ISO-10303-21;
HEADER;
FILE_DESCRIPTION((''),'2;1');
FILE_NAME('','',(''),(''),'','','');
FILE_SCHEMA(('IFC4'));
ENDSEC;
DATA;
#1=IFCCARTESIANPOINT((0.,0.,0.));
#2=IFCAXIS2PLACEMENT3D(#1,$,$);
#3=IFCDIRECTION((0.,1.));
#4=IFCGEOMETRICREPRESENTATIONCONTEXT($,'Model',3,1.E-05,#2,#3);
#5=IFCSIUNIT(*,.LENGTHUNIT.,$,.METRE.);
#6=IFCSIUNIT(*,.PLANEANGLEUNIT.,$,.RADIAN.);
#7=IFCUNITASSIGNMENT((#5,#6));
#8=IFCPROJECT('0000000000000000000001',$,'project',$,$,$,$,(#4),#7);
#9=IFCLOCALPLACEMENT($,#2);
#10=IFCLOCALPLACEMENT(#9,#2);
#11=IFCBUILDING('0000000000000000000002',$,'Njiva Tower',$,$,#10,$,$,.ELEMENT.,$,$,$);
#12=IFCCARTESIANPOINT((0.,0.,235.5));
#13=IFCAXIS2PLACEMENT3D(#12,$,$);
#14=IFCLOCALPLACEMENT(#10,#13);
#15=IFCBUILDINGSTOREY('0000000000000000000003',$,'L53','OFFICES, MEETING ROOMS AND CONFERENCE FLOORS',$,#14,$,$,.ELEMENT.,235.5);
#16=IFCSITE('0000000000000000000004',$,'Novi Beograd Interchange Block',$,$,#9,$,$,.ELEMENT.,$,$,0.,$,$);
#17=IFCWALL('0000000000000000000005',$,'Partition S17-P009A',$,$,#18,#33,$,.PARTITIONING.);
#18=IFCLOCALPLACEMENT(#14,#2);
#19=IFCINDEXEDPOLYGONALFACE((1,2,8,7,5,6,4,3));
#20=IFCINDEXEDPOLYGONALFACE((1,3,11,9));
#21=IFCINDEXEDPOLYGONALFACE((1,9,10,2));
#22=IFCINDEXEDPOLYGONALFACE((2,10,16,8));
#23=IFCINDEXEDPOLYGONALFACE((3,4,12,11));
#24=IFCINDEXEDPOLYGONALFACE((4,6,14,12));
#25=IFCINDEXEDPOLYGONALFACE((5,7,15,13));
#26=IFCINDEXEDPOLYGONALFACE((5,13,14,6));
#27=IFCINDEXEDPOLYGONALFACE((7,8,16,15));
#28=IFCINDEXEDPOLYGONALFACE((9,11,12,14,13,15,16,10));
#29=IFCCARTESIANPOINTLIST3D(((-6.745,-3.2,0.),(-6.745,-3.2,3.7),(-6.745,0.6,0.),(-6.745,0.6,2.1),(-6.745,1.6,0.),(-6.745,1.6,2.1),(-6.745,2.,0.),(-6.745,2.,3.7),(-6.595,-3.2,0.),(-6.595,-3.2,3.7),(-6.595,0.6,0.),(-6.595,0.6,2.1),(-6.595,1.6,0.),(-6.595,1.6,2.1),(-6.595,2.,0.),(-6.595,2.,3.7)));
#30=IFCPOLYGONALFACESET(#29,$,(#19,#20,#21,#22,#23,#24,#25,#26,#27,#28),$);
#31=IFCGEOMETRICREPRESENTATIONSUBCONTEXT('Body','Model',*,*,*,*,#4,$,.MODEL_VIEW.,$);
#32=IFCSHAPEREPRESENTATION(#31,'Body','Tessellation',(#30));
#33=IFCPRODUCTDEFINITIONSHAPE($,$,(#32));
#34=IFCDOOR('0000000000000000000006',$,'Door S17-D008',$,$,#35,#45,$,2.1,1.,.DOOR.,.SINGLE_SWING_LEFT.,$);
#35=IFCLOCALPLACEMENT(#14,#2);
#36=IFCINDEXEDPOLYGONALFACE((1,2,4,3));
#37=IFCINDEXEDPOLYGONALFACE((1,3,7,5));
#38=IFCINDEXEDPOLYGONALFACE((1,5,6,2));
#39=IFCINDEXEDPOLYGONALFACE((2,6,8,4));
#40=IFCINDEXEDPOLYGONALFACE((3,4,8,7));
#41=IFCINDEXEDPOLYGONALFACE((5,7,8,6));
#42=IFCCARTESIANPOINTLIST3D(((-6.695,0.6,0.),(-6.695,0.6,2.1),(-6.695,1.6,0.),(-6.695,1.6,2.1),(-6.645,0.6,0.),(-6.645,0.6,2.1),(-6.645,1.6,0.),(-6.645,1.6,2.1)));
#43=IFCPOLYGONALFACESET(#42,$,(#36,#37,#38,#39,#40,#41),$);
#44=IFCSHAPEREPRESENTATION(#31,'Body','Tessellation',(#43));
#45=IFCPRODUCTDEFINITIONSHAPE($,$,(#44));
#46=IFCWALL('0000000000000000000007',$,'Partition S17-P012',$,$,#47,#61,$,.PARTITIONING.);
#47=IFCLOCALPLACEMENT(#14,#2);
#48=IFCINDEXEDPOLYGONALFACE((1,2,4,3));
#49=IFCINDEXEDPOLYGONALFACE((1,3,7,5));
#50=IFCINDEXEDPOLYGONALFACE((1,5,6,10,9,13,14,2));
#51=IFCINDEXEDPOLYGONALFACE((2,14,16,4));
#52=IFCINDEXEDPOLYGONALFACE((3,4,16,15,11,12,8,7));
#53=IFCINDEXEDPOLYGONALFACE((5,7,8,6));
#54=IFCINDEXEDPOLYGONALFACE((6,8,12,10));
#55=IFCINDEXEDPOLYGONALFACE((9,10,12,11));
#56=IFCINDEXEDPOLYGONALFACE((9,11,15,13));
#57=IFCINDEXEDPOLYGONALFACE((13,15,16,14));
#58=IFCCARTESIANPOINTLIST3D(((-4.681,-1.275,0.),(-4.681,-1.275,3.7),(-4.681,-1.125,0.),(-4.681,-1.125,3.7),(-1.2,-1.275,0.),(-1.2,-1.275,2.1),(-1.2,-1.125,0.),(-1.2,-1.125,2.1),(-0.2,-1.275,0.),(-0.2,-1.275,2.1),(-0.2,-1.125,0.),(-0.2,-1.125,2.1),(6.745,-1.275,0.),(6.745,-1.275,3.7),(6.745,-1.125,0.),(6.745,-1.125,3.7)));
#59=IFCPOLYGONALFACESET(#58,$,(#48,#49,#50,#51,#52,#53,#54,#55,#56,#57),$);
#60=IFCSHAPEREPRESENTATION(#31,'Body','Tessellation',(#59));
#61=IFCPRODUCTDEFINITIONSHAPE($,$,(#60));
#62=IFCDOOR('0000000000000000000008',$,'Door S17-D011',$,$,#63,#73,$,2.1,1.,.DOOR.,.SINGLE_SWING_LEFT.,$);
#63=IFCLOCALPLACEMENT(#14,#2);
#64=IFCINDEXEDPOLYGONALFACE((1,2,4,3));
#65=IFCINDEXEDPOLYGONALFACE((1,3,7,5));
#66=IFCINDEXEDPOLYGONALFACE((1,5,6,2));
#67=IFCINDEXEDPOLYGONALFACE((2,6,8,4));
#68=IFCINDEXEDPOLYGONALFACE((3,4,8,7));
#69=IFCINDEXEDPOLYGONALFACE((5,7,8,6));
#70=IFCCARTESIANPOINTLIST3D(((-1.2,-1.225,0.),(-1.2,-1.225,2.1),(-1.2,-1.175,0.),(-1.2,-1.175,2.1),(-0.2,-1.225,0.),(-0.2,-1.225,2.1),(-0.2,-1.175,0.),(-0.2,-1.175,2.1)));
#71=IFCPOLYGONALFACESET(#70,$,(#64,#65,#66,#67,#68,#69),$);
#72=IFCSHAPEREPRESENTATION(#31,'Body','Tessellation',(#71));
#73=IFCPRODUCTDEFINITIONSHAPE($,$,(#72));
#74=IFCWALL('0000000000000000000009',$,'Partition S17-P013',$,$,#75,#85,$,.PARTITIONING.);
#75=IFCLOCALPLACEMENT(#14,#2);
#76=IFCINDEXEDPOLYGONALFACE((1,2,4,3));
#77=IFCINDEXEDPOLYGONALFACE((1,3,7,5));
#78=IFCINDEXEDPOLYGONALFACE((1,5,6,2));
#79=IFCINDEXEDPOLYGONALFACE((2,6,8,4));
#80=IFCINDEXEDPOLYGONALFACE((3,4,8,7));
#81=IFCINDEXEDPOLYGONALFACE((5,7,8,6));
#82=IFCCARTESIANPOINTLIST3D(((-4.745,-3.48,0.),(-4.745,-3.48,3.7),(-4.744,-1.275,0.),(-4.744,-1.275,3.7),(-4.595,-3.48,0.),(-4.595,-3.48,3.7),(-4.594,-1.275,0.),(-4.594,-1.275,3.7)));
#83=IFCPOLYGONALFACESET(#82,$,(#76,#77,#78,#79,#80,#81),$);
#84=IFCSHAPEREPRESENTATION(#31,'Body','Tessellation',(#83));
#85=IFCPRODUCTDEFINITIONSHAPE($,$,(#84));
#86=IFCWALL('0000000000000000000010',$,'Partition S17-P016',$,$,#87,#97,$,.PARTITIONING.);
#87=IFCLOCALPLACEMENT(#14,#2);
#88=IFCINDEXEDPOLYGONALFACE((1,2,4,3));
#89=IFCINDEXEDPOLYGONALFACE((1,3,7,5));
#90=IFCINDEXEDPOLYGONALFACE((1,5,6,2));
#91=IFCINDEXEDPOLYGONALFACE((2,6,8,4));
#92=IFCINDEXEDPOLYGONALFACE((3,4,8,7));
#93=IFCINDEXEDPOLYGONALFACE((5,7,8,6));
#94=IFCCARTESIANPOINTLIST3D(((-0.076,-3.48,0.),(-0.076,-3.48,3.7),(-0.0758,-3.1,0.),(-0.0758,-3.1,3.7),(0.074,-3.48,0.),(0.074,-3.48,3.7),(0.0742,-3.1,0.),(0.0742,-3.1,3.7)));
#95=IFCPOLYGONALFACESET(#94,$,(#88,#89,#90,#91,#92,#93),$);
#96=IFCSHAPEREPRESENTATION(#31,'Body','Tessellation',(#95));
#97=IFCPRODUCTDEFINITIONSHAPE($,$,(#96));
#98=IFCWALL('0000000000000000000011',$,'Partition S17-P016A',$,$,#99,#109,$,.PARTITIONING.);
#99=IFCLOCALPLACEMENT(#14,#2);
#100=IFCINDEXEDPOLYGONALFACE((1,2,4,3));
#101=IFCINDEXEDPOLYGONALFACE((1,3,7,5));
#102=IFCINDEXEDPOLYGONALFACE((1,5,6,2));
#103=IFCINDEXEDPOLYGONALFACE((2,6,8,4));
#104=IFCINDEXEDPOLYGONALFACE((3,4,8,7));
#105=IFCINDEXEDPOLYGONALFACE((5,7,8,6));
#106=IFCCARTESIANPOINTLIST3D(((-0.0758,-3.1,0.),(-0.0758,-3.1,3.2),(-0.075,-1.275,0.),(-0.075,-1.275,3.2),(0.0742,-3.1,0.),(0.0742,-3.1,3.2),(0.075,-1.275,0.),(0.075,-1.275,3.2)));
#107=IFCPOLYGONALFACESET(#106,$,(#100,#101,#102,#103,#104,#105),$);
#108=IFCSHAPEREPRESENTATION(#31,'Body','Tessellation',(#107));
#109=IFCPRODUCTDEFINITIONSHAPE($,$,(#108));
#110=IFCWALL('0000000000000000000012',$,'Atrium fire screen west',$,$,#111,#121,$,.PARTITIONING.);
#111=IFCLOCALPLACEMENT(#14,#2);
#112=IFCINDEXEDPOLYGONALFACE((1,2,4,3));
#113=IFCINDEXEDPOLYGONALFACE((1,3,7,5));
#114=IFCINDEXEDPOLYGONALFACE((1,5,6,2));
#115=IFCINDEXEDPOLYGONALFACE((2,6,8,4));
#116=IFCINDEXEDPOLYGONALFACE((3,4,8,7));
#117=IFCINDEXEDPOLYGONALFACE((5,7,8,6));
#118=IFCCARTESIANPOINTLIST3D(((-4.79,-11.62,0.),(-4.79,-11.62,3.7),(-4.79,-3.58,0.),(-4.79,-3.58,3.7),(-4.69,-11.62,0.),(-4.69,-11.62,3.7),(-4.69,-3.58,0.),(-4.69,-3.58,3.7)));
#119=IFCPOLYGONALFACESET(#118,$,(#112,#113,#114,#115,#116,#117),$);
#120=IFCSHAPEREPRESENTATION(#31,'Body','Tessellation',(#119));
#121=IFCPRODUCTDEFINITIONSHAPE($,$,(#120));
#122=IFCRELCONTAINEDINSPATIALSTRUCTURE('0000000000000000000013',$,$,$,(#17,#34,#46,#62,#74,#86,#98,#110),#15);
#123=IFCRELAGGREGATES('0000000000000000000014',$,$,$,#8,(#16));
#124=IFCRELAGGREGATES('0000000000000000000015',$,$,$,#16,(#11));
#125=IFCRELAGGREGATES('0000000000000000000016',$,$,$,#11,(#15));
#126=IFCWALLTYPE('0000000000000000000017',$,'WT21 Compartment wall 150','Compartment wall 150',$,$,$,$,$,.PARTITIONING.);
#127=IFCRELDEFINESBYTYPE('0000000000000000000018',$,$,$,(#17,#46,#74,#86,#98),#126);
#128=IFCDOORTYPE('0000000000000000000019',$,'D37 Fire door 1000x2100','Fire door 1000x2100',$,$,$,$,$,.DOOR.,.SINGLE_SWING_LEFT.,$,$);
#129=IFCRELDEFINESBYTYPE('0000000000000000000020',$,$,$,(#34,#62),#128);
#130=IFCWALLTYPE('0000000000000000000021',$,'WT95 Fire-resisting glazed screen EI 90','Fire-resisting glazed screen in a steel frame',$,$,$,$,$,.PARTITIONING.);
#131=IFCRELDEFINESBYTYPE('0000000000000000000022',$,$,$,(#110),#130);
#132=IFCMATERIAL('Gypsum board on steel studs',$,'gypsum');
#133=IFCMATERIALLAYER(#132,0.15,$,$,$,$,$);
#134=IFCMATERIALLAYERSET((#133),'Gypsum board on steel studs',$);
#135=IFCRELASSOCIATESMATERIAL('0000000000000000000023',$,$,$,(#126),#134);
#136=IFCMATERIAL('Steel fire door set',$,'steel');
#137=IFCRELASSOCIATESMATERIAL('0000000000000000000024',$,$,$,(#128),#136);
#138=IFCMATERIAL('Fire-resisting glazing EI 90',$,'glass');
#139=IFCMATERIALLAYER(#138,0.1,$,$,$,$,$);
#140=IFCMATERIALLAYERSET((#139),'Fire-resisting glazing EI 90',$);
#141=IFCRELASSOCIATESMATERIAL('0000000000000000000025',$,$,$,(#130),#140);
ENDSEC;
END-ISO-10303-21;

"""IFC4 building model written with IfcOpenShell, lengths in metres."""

from ifc_helpers import new_model, si_unit, direction, frame, frame_2d, origin, place, context, subcontext, project, spatial, rectangle, extrude, material, layer, layer_set, type_object, element, fill, save


model = new_model("IFC4")

# Units and contexts
model_context = context("Model", 3, precision=1e-05, world=origin(), true_north=direction((0.0, 1.0)))
body_context = subcontext(model_context, "Body", "Model", "MODEL_VIEW")
ifc_project = project(units=[si_unit("LENGTHUNIT", "METRE"), si_unit("PLANEANGLEUNIT", "RADIAN")], contexts=[model_context])

# Site, building, storey
site_placement = place(None, origin())
site = spatial("IfcSite", under=ifc_project, at=site_placement, Name="Novi Beograd Interchange Block", CompositionType="ELEMENT", RefElevation=0.0)
building_placement = place(site_placement, origin())
building = spatial("IfcBuilding", under=site, at=building_placement, Name="Njiva Tower", CompositionType="ELEMENT")
storey_placement = place(building_placement, frame((0.0, 0.0, 235.5)))
storey = spatial("IfcBuildingStorey", under=building, at=storey_placement, Name="L53", Description="OFFICES, MEETING ROOMS AND CONFERENCE FLOORS", CompositionType="ELEMENT", Elevation=235.5)

# Walls, openings, doors
ifc_material_1 = material(Name="Gypsum board on steel studs", Category="gypsum")
ifc_layer_1 = layer(ifc_material_1, 0.15)
ifc_layer_set_1 = layer_set([ifc_layer_1], Name="Gypsum board on steel studs")
wall_type_1 = type_object("IfcWallType", Name="WT21 Compartment wall 150", Description="Compartment wall 150", PredefinedType="PARTITIONING", material=ifc_layer_set_1)
ifc_material_2 = material(Name="Steel fire door set", Category="steel")
door_type = type_object("IfcDoorType", Name="D37 Fire door 1000x2100", Description="Fire door 1000x2100", OperationType="SINGLE_SWING_LEFT", PredefinedType="DOOR", material=ifc_material_2)
wall_1_placement = place(storey_placement, frame((-6.67, -3.2, 0.0), z_axis=(0.0, 0.0, 1.0), x_axis=(0.0, 1.0, 0.0)))
wall_1 = element("IfcWall", 1, at=wall_1_placement, inside=storey, type_object=wall_type_1, Name="Partition S17-P009A", PredefinedType="PARTITIONING", context=body_context, shape_type="SweptSolid", body=[
    extrude(rectangle(XDim=5.2, YDim=0.15, at=frame_2d((2.6, 0.0))), origin(), (0.0, 0.0, 1.0), 3.7),
])
opening_1_placement = place(wall_1_placement, frame((3.8, 0.0, 0.0)))
opening_1 = element("IfcOpeningElement", 2, at=opening_1_placement, cuts=wall_1, PredefinedType="OPENING", context=body_context, shape_type="SweptSolid", body=[
    extrude(rectangle(XDim=1.0, YDim=2.1, at=frame_2d((0.5, 1.05))), frame((0.0, 0.085, 0.0), z_axis=(0.0, -1.0, 0.0), x_axis=(1.0, 0.0, 0.0)), (0.0, 0.0, 1.0), 0.17),
])
door_1_placement = place(opening_1_placement, origin())
door_1 = element("IfcDoor", 3, at=door_1_placement, inside=storey, type_object=door_type, Name="Door S17-D008", OperationType="SINGLE_SWING_LEFT", OverallHeight=2.1, OverallWidth=1.0, PredefinedType="DOOR", context=body_context, shape_type="SweptSolid", body=[
    extrude(rectangle(XDim=1.0, YDim=2.1, at=frame_2d((0.5, 1.05))), frame((0.0, 0.025, 0.0), z_axis=(0.0, -1.0, 0.0), x_axis=(1.0, 0.0, 0.0)), (0.0, 0.0, 1.0), 0.05),
])
fill(opening_1, door_1)
wall_2_placement = place(storey_placement, frame((-4.681, -1.2, 0.0), z_axis=(0.0, 0.0, 1.0), x_axis=(1.0, 0.0, 0.0)))
wall_2 = element("IfcWall", 4, at=wall_2_placement, inside=storey, type_object=wall_type_1, Name="Partition S17-P012", PredefinedType="PARTITIONING", context=body_context, shape_type="SweptSolid", body=[
    extrude(rectangle(XDim=11.426, YDim=0.15, at=frame_2d((5.713, 0.0))), origin(), (0.0, 0.0, 1.0), 3.7),
])
opening_2_placement = place(wall_2_placement, frame((3.481, 0.0, 0.0)))
opening_2 = element("IfcOpeningElement", 5, at=opening_2_placement, cuts=wall_2, PredefinedType="OPENING", context=body_context, shape_type="SweptSolid", body=[
    extrude(rectangle(XDim=1.0, YDim=2.1, at=frame_2d((0.5, 1.05))), frame((0.0, 0.085, 0.0), z_axis=(0.0, -1.0, 0.0), x_axis=(1.0, 0.0, 0.0)), (0.0, 0.0, 1.0), 0.17),
])
door_2_placement = place(opening_2_placement, origin())
door_2 = element("IfcDoor", 6, at=door_2_placement, inside=storey, type_object=door_type, Name="Door S17-D011", OperationType="SINGLE_SWING_LEFT", OverallHeight=2.1, OverallWidth=1.0, PredefinedType="DOOR", context=body_context, shape_type="SweptSolid", body=[
    extrude(rectangle(XDim=1.0, YDim=2.1, at=frame_2d((0.5, 1.05))), frame((0.0, 0.025, 0.0), z_axis=(0.0, -1.0, 0.0), x_axis=(1.0, 0.0, 0.0)), (0.0, 0.0, 1.0), 0.05),
])
fill(opening_2, door_2)

# Walls
wall_3_placement = place(storey_placement, frame((-4.67, -3.48, 0.0), z_axis=(0.0, 0.0, 1.0), x_axis=(0.000454, 1.0, 0.0)))
element("IfcWall", 7, at=wall_3_placement, inside=storey, type_object=wall_type_1, Name="Partition S17-P013", PredefinedType="PARTITIONING", context=body_context, shape_type="SweptSolid", body=[
    extrude(rectangle(XDim=2.205, YDim=0.15, at=frame_2d((1.1025, 0.0))), origin(), (0.0, 0.0, 1.0), 3.7),
])
wall_4_placement = place(storey_placement, frame((-0.001, -3.48, 0.0), z_axis=(0.0, 0.0, 1.0), x_axis=(0.000526, 1.0, 0.0)))
element("IfcWall", 8, at=wall_4_placement, inside=storey, type_object=wall_type_1, Name="Partition S17-P016", PredefinedType="PARTITIONING", context=body_context, shape_type="SweptSolid", body=[
    extrude(rectangle(XDim=0.38, YDim=0.15, at=frame_2d((0.19, 0.0))), origin(), (0.0, 0.0, 1.0), 3.7),
])
wall_5_placement = place(storey_placement, frame((-0.0008, -3.1, 0.0), z_axis=(0.0, 0.0, 1.0), x_axis=(0.000438, 1.0, 0.0)))
element("IfcWall", 9, at=wall_5_placement, inside=storey, type_object=wall_type_1, Name="Partition S17-P016A", PredefinedType="PARTITIONING", context=body_context, shape_type="SweptSolid", body=[
    extrude(rectangle(XDim=1.825, YDim=0.15, at=frame_2d((0.9125, 0.0))), origin(), (0.0, 0.0, 1.0), 3.2),
])
ifc_material_3 = material(Name="Fire-resisting glazing EI 90", Category="glass")
ifc_layer_2 = layer(ifc_material_3, 0.1)
ifc_layer_set_2 = layer_set([ifc_layer_2], Name="Fire-resisting glazing EI 90")
wall_type_2 = type_object("IfcWallType", Name="WT95 Fire-resisting glazed screen EI 90", Description="Fire-resisting glazed screen in a steel frame", PredefinedType="PARTITIONING", material=ifc_layer_set_2)
wall_6_placement = place(storey_placement, frame((-4.74, -3.58, 0.0), z_axis=(0.0, 0.0, 1.0), x_axis=(0.0, -1.0, 0.0)))
element("IfcWall", 10, at=wall_6_placement, inside=storey, type_object=wall_type_2, Name="Atrium fire screen west", PredefinedType="PARTITIONING", context=body_context, shape_type="SweptSolid", body=[
    extrude(rectangle(XDim=8.04, YDim=0.1, at=frame_2d((4.02, 0.0))), origin(), (0.0, 0.0, 1.0), 3.7),
])

save(model, "model.ifc")
